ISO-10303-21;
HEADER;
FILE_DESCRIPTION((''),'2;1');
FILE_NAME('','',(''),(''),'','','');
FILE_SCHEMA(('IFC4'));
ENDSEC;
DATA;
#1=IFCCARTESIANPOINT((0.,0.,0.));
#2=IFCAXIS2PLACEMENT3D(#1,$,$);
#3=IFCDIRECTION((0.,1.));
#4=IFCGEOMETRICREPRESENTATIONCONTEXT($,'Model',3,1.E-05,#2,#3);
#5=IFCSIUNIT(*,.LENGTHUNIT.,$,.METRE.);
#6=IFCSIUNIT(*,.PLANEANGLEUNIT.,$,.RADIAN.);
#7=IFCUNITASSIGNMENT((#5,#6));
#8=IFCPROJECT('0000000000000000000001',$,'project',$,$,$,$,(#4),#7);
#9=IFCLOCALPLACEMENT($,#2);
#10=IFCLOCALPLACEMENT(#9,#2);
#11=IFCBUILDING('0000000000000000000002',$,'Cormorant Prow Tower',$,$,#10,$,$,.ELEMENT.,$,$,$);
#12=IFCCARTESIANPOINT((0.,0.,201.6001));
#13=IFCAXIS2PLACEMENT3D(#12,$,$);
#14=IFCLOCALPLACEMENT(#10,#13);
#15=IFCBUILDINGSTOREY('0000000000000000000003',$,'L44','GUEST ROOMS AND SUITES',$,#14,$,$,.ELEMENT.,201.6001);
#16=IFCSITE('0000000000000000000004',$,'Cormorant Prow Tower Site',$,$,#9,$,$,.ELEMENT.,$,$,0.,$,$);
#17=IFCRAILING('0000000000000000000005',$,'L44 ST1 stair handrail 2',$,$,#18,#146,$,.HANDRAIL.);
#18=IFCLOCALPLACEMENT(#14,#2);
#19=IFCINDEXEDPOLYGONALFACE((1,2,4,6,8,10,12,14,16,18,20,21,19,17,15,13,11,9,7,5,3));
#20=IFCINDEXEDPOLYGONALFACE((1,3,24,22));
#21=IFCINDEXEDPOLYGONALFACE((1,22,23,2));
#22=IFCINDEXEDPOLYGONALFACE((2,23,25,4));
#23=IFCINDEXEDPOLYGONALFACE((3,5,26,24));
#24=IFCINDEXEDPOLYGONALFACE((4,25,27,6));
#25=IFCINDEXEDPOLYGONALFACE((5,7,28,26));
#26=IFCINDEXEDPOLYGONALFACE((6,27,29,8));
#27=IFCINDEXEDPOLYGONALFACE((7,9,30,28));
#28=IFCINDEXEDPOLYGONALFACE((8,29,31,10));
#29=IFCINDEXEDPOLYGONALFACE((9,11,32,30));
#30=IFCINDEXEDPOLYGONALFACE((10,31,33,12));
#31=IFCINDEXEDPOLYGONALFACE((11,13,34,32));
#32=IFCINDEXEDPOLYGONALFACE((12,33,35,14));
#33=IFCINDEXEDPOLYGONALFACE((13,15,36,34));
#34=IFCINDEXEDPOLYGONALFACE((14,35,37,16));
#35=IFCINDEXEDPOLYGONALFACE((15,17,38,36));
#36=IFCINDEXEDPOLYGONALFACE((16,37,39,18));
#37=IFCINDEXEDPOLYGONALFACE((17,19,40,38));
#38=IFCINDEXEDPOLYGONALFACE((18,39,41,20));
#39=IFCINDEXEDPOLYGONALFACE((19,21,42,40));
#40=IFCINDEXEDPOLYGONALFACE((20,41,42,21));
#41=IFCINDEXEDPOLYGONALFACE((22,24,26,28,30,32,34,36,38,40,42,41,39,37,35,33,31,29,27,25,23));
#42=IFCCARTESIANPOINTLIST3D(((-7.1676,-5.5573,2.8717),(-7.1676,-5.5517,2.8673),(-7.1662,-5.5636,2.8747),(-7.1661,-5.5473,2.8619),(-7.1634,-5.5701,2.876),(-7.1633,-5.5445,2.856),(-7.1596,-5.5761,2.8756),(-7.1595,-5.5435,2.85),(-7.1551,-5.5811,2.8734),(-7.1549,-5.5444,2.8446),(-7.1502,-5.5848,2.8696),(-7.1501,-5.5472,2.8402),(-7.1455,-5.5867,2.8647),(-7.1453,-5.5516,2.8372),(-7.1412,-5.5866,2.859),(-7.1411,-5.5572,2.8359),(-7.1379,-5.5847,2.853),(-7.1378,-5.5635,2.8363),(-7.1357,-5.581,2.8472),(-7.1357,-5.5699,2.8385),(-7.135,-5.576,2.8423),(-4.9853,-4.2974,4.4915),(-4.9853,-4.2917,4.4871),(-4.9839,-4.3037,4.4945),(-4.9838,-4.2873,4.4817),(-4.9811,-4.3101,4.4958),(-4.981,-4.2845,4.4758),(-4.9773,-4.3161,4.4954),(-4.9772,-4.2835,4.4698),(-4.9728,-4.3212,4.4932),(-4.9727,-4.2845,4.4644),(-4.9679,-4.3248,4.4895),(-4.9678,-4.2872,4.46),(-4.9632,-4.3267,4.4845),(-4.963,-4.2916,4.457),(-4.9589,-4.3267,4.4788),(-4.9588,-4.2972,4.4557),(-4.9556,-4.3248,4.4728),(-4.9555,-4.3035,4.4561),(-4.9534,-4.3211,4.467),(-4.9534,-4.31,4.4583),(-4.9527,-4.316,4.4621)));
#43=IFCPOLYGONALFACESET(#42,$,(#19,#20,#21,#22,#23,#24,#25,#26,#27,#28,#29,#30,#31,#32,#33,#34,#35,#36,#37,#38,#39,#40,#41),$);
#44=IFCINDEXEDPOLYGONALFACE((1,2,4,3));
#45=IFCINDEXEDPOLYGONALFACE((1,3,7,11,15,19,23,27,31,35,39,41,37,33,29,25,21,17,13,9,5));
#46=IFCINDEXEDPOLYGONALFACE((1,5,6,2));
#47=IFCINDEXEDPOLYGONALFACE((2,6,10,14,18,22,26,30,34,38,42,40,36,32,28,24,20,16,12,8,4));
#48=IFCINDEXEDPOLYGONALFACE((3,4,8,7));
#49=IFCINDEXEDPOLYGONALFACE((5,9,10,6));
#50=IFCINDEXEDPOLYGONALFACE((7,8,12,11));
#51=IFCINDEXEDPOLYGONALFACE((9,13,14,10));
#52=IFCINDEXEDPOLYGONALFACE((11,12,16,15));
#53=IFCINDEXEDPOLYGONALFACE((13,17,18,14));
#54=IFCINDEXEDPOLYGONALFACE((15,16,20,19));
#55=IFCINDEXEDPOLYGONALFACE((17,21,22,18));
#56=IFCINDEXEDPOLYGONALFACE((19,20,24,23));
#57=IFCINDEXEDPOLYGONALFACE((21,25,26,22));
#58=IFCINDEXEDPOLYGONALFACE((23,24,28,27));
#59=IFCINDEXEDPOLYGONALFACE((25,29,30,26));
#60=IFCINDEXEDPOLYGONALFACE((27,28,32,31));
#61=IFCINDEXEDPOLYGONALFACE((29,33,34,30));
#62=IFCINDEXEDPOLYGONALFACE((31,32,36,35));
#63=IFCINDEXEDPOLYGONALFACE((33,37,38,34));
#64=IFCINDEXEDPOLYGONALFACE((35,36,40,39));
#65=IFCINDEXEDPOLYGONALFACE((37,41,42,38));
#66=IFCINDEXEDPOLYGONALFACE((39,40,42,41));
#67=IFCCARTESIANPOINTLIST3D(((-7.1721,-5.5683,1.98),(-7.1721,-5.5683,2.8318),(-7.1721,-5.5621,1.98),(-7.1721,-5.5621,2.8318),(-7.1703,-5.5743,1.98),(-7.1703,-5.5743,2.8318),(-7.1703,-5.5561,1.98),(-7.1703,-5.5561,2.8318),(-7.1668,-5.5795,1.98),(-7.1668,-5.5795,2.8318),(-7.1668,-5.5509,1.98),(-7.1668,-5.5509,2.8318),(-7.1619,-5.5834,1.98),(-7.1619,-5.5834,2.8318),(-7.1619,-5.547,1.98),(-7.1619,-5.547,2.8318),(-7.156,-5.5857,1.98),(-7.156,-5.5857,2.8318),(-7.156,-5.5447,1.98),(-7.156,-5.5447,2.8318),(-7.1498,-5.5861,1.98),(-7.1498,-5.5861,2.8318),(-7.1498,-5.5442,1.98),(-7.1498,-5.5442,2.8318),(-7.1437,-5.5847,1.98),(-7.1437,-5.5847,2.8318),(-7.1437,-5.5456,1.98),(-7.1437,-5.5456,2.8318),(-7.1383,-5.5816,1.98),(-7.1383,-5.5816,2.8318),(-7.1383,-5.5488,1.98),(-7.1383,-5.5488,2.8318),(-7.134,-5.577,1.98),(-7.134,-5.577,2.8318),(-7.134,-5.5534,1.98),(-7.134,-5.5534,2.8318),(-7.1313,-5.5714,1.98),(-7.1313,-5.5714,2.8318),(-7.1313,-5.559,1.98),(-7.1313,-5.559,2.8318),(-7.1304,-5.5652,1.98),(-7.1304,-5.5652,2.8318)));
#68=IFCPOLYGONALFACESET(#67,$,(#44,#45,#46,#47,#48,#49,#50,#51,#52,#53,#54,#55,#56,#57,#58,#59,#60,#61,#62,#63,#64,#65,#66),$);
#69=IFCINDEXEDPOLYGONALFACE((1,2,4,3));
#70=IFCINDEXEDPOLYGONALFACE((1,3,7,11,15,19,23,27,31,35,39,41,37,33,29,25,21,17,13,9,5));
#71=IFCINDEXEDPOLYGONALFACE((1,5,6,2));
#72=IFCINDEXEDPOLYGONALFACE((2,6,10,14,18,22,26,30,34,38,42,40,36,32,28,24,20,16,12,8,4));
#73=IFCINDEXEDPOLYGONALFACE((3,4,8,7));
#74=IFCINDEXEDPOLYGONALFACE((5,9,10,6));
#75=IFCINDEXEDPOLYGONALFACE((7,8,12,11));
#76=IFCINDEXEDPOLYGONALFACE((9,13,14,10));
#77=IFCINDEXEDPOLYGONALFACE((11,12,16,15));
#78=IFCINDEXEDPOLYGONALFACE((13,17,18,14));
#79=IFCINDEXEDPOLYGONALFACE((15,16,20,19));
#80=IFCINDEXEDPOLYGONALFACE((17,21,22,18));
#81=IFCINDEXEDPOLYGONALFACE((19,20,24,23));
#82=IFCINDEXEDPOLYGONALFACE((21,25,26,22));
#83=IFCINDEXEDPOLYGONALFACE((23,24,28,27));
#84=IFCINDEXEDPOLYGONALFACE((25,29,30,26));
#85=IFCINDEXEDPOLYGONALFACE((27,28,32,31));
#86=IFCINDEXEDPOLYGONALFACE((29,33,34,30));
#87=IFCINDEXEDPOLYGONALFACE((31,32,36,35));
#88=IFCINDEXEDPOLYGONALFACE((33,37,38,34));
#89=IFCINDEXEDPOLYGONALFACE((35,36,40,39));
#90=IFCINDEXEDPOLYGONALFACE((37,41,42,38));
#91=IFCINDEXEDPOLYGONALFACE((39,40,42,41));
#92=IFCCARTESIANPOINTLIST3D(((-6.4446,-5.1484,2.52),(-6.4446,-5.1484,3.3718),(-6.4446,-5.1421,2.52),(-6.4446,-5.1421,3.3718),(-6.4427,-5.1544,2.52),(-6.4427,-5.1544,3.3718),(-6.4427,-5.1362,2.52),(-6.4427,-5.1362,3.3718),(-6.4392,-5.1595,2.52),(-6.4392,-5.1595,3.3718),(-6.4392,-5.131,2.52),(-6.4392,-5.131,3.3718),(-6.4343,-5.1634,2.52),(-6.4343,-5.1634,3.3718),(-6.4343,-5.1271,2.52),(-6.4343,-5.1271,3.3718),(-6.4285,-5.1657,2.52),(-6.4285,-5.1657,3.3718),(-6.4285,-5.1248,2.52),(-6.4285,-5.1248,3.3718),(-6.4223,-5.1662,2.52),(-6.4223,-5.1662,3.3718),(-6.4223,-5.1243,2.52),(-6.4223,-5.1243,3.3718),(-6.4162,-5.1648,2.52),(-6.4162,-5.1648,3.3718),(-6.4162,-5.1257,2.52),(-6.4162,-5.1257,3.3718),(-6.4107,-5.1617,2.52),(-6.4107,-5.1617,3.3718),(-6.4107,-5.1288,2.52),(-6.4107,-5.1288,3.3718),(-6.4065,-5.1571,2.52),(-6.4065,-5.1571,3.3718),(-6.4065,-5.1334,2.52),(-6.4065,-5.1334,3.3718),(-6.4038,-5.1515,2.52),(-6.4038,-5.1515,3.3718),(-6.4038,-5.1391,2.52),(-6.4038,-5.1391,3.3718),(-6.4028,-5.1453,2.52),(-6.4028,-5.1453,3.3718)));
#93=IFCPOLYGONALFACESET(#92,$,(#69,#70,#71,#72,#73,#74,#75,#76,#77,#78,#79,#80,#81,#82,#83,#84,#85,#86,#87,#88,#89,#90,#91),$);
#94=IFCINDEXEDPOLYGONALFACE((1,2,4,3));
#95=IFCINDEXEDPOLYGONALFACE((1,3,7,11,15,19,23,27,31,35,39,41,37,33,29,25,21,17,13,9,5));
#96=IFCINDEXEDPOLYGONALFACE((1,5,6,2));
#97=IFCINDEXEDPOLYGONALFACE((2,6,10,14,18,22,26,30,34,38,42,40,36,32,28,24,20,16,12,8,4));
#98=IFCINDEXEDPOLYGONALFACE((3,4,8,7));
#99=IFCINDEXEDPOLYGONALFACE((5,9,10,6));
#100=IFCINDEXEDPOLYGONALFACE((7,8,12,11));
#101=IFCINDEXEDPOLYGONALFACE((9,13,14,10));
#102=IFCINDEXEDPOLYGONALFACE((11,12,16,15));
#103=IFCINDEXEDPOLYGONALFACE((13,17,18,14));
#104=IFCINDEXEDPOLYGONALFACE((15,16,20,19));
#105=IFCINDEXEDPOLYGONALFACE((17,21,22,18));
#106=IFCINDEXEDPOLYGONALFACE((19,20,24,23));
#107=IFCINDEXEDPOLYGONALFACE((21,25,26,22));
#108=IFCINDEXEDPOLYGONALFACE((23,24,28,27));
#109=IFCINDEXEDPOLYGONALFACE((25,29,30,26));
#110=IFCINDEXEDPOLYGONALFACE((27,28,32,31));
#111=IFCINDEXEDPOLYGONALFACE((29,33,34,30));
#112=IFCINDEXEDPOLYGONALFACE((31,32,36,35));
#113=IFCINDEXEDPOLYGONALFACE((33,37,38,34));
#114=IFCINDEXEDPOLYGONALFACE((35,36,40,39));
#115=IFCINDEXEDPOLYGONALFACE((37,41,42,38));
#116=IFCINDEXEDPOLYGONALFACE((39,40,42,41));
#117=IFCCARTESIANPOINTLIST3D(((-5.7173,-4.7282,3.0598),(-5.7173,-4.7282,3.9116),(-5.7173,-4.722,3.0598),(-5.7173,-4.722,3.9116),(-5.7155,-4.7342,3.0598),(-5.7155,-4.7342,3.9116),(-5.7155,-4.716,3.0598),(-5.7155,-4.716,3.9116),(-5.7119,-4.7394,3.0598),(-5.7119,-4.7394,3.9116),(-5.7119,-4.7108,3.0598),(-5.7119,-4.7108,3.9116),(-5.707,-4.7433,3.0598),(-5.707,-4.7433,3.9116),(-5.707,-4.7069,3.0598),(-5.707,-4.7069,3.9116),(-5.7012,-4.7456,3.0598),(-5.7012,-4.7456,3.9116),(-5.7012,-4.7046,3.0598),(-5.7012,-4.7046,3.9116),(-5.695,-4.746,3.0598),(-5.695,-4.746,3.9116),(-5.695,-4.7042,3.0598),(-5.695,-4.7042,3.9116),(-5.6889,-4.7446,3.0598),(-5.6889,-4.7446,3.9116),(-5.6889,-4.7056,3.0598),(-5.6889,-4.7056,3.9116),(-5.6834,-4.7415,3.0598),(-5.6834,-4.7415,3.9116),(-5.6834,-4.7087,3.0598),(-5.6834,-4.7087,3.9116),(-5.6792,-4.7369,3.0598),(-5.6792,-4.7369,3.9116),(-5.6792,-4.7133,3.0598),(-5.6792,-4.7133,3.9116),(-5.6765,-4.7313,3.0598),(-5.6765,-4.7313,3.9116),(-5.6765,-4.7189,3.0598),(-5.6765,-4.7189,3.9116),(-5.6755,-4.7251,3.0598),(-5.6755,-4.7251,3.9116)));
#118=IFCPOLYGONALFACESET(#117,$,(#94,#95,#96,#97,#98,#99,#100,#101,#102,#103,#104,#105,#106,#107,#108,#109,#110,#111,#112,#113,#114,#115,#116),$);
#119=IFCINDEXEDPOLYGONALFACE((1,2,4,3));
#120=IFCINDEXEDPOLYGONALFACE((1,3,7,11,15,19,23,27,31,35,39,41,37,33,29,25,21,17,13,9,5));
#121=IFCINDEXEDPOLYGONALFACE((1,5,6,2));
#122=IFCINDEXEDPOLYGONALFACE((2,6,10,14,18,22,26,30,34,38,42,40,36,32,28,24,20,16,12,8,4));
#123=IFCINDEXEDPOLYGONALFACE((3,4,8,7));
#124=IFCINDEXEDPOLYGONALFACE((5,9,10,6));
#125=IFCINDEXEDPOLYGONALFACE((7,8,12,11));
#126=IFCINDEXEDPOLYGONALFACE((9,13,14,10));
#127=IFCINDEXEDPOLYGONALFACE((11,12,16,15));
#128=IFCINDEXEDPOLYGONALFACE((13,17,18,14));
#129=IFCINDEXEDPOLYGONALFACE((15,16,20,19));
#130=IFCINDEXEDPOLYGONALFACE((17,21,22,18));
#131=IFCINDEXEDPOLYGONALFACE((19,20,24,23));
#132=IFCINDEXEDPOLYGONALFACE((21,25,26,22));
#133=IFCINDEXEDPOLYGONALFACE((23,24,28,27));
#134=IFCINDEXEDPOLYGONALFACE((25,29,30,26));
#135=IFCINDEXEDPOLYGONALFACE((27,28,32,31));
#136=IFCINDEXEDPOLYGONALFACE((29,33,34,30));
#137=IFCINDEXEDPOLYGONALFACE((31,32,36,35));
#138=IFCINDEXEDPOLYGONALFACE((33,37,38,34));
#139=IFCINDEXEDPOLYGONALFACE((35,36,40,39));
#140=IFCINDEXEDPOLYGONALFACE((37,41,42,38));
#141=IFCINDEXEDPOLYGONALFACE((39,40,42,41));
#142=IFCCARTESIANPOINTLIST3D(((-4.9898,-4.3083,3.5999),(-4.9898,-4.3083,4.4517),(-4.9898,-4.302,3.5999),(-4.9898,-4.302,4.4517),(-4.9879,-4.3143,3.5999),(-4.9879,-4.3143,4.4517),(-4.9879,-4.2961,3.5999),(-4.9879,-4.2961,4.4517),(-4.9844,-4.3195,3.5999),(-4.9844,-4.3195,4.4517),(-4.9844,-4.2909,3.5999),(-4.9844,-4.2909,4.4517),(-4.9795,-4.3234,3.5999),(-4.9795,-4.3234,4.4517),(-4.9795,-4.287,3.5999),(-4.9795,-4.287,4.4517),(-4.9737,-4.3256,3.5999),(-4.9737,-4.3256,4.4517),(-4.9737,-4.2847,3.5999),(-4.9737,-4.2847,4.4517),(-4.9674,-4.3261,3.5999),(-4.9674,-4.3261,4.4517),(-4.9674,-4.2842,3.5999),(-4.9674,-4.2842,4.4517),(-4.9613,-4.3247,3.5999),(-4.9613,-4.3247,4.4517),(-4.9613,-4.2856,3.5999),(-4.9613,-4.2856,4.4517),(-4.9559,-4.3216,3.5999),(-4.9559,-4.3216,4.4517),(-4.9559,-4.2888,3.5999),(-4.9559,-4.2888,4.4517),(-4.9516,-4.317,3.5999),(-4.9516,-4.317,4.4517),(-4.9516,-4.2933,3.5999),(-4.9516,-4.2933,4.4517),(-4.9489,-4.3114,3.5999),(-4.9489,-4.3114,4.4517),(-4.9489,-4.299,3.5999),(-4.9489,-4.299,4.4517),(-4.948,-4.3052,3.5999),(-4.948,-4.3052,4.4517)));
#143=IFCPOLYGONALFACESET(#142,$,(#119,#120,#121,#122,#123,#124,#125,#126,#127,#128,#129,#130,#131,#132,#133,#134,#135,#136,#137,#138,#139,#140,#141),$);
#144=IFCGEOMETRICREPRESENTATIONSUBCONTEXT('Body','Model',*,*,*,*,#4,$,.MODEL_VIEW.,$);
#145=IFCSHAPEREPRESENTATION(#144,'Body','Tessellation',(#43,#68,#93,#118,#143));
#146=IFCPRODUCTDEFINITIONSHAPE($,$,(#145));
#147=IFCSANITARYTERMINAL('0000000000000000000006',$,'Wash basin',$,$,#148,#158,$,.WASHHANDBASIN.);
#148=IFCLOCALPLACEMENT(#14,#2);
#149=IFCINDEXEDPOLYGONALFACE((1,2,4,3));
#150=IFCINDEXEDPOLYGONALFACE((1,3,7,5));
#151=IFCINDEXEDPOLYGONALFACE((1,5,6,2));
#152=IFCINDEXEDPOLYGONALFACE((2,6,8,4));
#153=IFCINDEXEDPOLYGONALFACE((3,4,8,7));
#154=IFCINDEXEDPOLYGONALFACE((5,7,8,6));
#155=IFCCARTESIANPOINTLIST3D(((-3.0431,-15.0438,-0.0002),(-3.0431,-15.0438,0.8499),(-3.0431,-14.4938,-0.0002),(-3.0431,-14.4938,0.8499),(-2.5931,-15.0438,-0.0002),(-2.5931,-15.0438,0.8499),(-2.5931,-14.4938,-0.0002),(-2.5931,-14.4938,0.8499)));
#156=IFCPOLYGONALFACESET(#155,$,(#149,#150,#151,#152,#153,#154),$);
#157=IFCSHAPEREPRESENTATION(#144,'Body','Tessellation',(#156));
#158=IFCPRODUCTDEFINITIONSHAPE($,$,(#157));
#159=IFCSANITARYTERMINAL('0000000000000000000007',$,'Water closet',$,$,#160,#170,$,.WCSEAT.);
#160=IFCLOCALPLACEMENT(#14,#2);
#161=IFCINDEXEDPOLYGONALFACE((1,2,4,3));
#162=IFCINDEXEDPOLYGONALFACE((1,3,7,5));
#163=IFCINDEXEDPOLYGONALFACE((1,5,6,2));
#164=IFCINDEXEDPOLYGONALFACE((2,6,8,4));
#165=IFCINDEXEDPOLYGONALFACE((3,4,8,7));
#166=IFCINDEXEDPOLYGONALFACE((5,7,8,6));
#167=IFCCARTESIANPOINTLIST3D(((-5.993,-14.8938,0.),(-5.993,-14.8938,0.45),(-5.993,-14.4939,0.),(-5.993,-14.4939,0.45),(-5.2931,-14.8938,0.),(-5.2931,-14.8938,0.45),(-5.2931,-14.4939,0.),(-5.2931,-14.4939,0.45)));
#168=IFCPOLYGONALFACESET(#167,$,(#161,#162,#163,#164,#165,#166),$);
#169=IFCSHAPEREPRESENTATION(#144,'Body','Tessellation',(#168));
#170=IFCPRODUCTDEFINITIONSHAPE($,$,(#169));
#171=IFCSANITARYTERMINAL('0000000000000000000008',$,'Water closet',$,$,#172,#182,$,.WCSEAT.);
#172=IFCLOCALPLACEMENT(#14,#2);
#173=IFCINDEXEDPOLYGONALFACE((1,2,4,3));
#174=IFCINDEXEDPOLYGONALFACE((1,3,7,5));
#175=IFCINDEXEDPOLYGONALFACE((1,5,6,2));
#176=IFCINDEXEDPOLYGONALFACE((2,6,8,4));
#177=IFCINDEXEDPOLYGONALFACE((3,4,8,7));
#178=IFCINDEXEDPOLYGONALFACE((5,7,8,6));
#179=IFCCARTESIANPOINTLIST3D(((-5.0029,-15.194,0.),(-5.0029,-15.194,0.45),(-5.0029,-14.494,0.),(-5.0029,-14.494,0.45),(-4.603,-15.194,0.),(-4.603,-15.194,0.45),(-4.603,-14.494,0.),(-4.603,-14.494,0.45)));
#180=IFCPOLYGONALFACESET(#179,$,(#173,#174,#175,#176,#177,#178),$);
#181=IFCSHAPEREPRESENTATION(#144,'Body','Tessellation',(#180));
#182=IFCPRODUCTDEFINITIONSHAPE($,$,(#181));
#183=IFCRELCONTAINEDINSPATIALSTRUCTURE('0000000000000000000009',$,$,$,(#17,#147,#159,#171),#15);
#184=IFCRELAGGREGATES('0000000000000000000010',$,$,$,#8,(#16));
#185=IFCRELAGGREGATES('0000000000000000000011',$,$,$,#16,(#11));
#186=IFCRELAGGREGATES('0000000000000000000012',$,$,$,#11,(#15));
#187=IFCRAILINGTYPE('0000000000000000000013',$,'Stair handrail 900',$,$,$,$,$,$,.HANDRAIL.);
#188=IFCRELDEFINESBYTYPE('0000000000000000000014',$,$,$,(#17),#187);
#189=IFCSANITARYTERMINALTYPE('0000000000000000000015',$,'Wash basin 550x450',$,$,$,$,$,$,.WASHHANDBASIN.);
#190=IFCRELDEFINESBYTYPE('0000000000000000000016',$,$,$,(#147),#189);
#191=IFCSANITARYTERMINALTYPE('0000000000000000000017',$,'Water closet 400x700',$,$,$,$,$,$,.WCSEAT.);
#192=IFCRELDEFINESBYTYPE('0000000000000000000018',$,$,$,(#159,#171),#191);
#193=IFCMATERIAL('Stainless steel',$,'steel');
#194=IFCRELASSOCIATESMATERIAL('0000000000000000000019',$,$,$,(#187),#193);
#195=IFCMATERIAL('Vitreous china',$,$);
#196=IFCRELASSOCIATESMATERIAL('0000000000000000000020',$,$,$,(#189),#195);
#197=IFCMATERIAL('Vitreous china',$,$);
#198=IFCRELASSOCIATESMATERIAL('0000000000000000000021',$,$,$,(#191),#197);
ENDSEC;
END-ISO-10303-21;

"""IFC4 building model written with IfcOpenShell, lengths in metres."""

from ifc_helpers import new_model, si_unit, direction, frame, origin, origin_2d, place, context, subcontext, project, spatial, rectangle, circle, extrude, material, type_object, element, save


model = new_model("IFC4")

# Units and contexts
model_context = context("Model", 3, precision=1e-05, world=origin(), true_north=direction((0.0, 1.0)))
body_context = subcontext(model_context, "Body", "Model", "MODEL_VIEW")
ifc_project = project(units=[si_unit("LENGTHUNIT", "METRE"), si_unit("PLANEANGLEUNIT", "RADIAN")], contexts=[model_context])

# Site, building, storey
site_placement = place(None, origin())
site = spatial("IfcSite", under=ifc_project, at=site_placement, Name="Cormorant Prow Tower Site", CompositionType="ELEMENT", RefElevation=0.0)
building_placement = place(site_placement, origin())
building = spatial("IfcBuilding", under=site, at=building_placement, Name="Cormorant Prow Tower", CompositionType="ELEMENT")
storey_placement = place(building_placement, frame((0.0, 0.0, 201.6001)))
storey = spatial("IfcBuildingStorey", under=building, at=storey_placement, Name="L44", Description="GUEST ROOMS AND SUITES", CompositionType="ELEMENT", Elevation=201.6001)

# Railing
ifc_material_1 = material(Name="Stainless steel", Category="steel")
railing_type_1 = type_object("IfcRailingType", Name="Stair handrail 900", PredefinedType="HANDRAIL", material=ifc_material_1)
railing_1_placement = place(storey_placement, frame((-7.1514, -5.5652, 1.98)))
element("IfcRailing", 1, at=railing_1_placement, inside=storey, type_object=railing_type_1, Name="L44 ST1 stair handrail 2", PredefinedType="HANDRAIL", context=body_context, shape_type="SweptSolid", body=[
    extrude(circle(Radius=0.0239, at=origin_2d()), frame((0.0, 0.0, 0.876), z_axis=(0.728496, 0.420603, 0.540728), x_axis=(-0.500005, 0.866023, 0.0)), (0.0, 0.0, 1.0), 2.9956),
    extrude(circle(Radius=0.021, at=origin_2d()), origin(), (0.0, 0.0, 1.0), 0.8518),
    extrude(circle(Radius=0.021, at=origin_2d()), frame((0.7275, 0.4199, 0.54)), (0.0, 0.0, 1.0), 0.8518),
    extrude(circle(Radius=0.021, at=origin_2d()), frame((1.4548, 0.8401, 1.0798)), (0.0, 0.0, 1.0), 0.8518),
    extrude(circle(Radius=0.021, at=origin_2d()), frame((2.1824, 1.26, 1.6199)), (0.0, 0.0, 1.0), 0.8518),
])

# Sanitary terminals
ifc_material_2 = material(Name="Vitreous china")
sanitary_terminal_type_1 = type_object("IfcSanitaryTerminalType", Name="Wash basin 550x450", PredefinedType="WASHHANDBASIN", material=ifc_material_2)
sanitary_terminal_placement = place(storey_placement, frame((-2.8181, -14.7688, -0.0002), z_axis=(0.0, 0.0, 1.0), x_axis=(0.0, -1.0, 0.0)))
element("IfcSanitaryTerminal", 2, at=sanitary_terminal_placement, inside=storey, type_object=sanitary_terminal_type_1, Name="Wash basin", PredefinedType="WASHHANDBASIN", context=body_context, shape_type="SweptSolid", body=[
    extrude(rectangle(XDim=0.55, YDim=0.45, at=origin_2d()), origin(), (0.0, 0.0, 1.0), 0.8501),
])
ifc_material_3 = material(Name="Vitreous china")
sanitary_terminal_type_2 = type_object("IfcSanitaryTerminalType", Name="Water closet 400x700", PredefinedType="WCSEAT", material=ifc_material_3)
for number, where, z_axis, x_axis, name in (
    (3, (-5.6431, -14.6938, 0.0), (0.0, 0.0, 1.0), (0.0, -1.0, 0.0), "Water closet"),
    (4, (-4.803, -14.844, 0.0), (0.0, 0.0, 1.0), (1.0, 0.0, 0.0), "Water closet"),
):
    element("IfcSanitaryTerminal", number, at=place(storey_placement, frame(where, z_axis=z_axis, x_axis=x_axis)), inside=storey, type_object=sanitary_terminal_type_2, Name=name, PredefinedType="WCSEAT", context=body_context, shape_type="SweptSolid", body=[
        extrude(rectangle(XDim=0.3999, YDim=0.7, at=origin_2d()), origin(), (0.0, 0.0, 1.0), 0.45),
    ])

save(model, "model.ifc")
